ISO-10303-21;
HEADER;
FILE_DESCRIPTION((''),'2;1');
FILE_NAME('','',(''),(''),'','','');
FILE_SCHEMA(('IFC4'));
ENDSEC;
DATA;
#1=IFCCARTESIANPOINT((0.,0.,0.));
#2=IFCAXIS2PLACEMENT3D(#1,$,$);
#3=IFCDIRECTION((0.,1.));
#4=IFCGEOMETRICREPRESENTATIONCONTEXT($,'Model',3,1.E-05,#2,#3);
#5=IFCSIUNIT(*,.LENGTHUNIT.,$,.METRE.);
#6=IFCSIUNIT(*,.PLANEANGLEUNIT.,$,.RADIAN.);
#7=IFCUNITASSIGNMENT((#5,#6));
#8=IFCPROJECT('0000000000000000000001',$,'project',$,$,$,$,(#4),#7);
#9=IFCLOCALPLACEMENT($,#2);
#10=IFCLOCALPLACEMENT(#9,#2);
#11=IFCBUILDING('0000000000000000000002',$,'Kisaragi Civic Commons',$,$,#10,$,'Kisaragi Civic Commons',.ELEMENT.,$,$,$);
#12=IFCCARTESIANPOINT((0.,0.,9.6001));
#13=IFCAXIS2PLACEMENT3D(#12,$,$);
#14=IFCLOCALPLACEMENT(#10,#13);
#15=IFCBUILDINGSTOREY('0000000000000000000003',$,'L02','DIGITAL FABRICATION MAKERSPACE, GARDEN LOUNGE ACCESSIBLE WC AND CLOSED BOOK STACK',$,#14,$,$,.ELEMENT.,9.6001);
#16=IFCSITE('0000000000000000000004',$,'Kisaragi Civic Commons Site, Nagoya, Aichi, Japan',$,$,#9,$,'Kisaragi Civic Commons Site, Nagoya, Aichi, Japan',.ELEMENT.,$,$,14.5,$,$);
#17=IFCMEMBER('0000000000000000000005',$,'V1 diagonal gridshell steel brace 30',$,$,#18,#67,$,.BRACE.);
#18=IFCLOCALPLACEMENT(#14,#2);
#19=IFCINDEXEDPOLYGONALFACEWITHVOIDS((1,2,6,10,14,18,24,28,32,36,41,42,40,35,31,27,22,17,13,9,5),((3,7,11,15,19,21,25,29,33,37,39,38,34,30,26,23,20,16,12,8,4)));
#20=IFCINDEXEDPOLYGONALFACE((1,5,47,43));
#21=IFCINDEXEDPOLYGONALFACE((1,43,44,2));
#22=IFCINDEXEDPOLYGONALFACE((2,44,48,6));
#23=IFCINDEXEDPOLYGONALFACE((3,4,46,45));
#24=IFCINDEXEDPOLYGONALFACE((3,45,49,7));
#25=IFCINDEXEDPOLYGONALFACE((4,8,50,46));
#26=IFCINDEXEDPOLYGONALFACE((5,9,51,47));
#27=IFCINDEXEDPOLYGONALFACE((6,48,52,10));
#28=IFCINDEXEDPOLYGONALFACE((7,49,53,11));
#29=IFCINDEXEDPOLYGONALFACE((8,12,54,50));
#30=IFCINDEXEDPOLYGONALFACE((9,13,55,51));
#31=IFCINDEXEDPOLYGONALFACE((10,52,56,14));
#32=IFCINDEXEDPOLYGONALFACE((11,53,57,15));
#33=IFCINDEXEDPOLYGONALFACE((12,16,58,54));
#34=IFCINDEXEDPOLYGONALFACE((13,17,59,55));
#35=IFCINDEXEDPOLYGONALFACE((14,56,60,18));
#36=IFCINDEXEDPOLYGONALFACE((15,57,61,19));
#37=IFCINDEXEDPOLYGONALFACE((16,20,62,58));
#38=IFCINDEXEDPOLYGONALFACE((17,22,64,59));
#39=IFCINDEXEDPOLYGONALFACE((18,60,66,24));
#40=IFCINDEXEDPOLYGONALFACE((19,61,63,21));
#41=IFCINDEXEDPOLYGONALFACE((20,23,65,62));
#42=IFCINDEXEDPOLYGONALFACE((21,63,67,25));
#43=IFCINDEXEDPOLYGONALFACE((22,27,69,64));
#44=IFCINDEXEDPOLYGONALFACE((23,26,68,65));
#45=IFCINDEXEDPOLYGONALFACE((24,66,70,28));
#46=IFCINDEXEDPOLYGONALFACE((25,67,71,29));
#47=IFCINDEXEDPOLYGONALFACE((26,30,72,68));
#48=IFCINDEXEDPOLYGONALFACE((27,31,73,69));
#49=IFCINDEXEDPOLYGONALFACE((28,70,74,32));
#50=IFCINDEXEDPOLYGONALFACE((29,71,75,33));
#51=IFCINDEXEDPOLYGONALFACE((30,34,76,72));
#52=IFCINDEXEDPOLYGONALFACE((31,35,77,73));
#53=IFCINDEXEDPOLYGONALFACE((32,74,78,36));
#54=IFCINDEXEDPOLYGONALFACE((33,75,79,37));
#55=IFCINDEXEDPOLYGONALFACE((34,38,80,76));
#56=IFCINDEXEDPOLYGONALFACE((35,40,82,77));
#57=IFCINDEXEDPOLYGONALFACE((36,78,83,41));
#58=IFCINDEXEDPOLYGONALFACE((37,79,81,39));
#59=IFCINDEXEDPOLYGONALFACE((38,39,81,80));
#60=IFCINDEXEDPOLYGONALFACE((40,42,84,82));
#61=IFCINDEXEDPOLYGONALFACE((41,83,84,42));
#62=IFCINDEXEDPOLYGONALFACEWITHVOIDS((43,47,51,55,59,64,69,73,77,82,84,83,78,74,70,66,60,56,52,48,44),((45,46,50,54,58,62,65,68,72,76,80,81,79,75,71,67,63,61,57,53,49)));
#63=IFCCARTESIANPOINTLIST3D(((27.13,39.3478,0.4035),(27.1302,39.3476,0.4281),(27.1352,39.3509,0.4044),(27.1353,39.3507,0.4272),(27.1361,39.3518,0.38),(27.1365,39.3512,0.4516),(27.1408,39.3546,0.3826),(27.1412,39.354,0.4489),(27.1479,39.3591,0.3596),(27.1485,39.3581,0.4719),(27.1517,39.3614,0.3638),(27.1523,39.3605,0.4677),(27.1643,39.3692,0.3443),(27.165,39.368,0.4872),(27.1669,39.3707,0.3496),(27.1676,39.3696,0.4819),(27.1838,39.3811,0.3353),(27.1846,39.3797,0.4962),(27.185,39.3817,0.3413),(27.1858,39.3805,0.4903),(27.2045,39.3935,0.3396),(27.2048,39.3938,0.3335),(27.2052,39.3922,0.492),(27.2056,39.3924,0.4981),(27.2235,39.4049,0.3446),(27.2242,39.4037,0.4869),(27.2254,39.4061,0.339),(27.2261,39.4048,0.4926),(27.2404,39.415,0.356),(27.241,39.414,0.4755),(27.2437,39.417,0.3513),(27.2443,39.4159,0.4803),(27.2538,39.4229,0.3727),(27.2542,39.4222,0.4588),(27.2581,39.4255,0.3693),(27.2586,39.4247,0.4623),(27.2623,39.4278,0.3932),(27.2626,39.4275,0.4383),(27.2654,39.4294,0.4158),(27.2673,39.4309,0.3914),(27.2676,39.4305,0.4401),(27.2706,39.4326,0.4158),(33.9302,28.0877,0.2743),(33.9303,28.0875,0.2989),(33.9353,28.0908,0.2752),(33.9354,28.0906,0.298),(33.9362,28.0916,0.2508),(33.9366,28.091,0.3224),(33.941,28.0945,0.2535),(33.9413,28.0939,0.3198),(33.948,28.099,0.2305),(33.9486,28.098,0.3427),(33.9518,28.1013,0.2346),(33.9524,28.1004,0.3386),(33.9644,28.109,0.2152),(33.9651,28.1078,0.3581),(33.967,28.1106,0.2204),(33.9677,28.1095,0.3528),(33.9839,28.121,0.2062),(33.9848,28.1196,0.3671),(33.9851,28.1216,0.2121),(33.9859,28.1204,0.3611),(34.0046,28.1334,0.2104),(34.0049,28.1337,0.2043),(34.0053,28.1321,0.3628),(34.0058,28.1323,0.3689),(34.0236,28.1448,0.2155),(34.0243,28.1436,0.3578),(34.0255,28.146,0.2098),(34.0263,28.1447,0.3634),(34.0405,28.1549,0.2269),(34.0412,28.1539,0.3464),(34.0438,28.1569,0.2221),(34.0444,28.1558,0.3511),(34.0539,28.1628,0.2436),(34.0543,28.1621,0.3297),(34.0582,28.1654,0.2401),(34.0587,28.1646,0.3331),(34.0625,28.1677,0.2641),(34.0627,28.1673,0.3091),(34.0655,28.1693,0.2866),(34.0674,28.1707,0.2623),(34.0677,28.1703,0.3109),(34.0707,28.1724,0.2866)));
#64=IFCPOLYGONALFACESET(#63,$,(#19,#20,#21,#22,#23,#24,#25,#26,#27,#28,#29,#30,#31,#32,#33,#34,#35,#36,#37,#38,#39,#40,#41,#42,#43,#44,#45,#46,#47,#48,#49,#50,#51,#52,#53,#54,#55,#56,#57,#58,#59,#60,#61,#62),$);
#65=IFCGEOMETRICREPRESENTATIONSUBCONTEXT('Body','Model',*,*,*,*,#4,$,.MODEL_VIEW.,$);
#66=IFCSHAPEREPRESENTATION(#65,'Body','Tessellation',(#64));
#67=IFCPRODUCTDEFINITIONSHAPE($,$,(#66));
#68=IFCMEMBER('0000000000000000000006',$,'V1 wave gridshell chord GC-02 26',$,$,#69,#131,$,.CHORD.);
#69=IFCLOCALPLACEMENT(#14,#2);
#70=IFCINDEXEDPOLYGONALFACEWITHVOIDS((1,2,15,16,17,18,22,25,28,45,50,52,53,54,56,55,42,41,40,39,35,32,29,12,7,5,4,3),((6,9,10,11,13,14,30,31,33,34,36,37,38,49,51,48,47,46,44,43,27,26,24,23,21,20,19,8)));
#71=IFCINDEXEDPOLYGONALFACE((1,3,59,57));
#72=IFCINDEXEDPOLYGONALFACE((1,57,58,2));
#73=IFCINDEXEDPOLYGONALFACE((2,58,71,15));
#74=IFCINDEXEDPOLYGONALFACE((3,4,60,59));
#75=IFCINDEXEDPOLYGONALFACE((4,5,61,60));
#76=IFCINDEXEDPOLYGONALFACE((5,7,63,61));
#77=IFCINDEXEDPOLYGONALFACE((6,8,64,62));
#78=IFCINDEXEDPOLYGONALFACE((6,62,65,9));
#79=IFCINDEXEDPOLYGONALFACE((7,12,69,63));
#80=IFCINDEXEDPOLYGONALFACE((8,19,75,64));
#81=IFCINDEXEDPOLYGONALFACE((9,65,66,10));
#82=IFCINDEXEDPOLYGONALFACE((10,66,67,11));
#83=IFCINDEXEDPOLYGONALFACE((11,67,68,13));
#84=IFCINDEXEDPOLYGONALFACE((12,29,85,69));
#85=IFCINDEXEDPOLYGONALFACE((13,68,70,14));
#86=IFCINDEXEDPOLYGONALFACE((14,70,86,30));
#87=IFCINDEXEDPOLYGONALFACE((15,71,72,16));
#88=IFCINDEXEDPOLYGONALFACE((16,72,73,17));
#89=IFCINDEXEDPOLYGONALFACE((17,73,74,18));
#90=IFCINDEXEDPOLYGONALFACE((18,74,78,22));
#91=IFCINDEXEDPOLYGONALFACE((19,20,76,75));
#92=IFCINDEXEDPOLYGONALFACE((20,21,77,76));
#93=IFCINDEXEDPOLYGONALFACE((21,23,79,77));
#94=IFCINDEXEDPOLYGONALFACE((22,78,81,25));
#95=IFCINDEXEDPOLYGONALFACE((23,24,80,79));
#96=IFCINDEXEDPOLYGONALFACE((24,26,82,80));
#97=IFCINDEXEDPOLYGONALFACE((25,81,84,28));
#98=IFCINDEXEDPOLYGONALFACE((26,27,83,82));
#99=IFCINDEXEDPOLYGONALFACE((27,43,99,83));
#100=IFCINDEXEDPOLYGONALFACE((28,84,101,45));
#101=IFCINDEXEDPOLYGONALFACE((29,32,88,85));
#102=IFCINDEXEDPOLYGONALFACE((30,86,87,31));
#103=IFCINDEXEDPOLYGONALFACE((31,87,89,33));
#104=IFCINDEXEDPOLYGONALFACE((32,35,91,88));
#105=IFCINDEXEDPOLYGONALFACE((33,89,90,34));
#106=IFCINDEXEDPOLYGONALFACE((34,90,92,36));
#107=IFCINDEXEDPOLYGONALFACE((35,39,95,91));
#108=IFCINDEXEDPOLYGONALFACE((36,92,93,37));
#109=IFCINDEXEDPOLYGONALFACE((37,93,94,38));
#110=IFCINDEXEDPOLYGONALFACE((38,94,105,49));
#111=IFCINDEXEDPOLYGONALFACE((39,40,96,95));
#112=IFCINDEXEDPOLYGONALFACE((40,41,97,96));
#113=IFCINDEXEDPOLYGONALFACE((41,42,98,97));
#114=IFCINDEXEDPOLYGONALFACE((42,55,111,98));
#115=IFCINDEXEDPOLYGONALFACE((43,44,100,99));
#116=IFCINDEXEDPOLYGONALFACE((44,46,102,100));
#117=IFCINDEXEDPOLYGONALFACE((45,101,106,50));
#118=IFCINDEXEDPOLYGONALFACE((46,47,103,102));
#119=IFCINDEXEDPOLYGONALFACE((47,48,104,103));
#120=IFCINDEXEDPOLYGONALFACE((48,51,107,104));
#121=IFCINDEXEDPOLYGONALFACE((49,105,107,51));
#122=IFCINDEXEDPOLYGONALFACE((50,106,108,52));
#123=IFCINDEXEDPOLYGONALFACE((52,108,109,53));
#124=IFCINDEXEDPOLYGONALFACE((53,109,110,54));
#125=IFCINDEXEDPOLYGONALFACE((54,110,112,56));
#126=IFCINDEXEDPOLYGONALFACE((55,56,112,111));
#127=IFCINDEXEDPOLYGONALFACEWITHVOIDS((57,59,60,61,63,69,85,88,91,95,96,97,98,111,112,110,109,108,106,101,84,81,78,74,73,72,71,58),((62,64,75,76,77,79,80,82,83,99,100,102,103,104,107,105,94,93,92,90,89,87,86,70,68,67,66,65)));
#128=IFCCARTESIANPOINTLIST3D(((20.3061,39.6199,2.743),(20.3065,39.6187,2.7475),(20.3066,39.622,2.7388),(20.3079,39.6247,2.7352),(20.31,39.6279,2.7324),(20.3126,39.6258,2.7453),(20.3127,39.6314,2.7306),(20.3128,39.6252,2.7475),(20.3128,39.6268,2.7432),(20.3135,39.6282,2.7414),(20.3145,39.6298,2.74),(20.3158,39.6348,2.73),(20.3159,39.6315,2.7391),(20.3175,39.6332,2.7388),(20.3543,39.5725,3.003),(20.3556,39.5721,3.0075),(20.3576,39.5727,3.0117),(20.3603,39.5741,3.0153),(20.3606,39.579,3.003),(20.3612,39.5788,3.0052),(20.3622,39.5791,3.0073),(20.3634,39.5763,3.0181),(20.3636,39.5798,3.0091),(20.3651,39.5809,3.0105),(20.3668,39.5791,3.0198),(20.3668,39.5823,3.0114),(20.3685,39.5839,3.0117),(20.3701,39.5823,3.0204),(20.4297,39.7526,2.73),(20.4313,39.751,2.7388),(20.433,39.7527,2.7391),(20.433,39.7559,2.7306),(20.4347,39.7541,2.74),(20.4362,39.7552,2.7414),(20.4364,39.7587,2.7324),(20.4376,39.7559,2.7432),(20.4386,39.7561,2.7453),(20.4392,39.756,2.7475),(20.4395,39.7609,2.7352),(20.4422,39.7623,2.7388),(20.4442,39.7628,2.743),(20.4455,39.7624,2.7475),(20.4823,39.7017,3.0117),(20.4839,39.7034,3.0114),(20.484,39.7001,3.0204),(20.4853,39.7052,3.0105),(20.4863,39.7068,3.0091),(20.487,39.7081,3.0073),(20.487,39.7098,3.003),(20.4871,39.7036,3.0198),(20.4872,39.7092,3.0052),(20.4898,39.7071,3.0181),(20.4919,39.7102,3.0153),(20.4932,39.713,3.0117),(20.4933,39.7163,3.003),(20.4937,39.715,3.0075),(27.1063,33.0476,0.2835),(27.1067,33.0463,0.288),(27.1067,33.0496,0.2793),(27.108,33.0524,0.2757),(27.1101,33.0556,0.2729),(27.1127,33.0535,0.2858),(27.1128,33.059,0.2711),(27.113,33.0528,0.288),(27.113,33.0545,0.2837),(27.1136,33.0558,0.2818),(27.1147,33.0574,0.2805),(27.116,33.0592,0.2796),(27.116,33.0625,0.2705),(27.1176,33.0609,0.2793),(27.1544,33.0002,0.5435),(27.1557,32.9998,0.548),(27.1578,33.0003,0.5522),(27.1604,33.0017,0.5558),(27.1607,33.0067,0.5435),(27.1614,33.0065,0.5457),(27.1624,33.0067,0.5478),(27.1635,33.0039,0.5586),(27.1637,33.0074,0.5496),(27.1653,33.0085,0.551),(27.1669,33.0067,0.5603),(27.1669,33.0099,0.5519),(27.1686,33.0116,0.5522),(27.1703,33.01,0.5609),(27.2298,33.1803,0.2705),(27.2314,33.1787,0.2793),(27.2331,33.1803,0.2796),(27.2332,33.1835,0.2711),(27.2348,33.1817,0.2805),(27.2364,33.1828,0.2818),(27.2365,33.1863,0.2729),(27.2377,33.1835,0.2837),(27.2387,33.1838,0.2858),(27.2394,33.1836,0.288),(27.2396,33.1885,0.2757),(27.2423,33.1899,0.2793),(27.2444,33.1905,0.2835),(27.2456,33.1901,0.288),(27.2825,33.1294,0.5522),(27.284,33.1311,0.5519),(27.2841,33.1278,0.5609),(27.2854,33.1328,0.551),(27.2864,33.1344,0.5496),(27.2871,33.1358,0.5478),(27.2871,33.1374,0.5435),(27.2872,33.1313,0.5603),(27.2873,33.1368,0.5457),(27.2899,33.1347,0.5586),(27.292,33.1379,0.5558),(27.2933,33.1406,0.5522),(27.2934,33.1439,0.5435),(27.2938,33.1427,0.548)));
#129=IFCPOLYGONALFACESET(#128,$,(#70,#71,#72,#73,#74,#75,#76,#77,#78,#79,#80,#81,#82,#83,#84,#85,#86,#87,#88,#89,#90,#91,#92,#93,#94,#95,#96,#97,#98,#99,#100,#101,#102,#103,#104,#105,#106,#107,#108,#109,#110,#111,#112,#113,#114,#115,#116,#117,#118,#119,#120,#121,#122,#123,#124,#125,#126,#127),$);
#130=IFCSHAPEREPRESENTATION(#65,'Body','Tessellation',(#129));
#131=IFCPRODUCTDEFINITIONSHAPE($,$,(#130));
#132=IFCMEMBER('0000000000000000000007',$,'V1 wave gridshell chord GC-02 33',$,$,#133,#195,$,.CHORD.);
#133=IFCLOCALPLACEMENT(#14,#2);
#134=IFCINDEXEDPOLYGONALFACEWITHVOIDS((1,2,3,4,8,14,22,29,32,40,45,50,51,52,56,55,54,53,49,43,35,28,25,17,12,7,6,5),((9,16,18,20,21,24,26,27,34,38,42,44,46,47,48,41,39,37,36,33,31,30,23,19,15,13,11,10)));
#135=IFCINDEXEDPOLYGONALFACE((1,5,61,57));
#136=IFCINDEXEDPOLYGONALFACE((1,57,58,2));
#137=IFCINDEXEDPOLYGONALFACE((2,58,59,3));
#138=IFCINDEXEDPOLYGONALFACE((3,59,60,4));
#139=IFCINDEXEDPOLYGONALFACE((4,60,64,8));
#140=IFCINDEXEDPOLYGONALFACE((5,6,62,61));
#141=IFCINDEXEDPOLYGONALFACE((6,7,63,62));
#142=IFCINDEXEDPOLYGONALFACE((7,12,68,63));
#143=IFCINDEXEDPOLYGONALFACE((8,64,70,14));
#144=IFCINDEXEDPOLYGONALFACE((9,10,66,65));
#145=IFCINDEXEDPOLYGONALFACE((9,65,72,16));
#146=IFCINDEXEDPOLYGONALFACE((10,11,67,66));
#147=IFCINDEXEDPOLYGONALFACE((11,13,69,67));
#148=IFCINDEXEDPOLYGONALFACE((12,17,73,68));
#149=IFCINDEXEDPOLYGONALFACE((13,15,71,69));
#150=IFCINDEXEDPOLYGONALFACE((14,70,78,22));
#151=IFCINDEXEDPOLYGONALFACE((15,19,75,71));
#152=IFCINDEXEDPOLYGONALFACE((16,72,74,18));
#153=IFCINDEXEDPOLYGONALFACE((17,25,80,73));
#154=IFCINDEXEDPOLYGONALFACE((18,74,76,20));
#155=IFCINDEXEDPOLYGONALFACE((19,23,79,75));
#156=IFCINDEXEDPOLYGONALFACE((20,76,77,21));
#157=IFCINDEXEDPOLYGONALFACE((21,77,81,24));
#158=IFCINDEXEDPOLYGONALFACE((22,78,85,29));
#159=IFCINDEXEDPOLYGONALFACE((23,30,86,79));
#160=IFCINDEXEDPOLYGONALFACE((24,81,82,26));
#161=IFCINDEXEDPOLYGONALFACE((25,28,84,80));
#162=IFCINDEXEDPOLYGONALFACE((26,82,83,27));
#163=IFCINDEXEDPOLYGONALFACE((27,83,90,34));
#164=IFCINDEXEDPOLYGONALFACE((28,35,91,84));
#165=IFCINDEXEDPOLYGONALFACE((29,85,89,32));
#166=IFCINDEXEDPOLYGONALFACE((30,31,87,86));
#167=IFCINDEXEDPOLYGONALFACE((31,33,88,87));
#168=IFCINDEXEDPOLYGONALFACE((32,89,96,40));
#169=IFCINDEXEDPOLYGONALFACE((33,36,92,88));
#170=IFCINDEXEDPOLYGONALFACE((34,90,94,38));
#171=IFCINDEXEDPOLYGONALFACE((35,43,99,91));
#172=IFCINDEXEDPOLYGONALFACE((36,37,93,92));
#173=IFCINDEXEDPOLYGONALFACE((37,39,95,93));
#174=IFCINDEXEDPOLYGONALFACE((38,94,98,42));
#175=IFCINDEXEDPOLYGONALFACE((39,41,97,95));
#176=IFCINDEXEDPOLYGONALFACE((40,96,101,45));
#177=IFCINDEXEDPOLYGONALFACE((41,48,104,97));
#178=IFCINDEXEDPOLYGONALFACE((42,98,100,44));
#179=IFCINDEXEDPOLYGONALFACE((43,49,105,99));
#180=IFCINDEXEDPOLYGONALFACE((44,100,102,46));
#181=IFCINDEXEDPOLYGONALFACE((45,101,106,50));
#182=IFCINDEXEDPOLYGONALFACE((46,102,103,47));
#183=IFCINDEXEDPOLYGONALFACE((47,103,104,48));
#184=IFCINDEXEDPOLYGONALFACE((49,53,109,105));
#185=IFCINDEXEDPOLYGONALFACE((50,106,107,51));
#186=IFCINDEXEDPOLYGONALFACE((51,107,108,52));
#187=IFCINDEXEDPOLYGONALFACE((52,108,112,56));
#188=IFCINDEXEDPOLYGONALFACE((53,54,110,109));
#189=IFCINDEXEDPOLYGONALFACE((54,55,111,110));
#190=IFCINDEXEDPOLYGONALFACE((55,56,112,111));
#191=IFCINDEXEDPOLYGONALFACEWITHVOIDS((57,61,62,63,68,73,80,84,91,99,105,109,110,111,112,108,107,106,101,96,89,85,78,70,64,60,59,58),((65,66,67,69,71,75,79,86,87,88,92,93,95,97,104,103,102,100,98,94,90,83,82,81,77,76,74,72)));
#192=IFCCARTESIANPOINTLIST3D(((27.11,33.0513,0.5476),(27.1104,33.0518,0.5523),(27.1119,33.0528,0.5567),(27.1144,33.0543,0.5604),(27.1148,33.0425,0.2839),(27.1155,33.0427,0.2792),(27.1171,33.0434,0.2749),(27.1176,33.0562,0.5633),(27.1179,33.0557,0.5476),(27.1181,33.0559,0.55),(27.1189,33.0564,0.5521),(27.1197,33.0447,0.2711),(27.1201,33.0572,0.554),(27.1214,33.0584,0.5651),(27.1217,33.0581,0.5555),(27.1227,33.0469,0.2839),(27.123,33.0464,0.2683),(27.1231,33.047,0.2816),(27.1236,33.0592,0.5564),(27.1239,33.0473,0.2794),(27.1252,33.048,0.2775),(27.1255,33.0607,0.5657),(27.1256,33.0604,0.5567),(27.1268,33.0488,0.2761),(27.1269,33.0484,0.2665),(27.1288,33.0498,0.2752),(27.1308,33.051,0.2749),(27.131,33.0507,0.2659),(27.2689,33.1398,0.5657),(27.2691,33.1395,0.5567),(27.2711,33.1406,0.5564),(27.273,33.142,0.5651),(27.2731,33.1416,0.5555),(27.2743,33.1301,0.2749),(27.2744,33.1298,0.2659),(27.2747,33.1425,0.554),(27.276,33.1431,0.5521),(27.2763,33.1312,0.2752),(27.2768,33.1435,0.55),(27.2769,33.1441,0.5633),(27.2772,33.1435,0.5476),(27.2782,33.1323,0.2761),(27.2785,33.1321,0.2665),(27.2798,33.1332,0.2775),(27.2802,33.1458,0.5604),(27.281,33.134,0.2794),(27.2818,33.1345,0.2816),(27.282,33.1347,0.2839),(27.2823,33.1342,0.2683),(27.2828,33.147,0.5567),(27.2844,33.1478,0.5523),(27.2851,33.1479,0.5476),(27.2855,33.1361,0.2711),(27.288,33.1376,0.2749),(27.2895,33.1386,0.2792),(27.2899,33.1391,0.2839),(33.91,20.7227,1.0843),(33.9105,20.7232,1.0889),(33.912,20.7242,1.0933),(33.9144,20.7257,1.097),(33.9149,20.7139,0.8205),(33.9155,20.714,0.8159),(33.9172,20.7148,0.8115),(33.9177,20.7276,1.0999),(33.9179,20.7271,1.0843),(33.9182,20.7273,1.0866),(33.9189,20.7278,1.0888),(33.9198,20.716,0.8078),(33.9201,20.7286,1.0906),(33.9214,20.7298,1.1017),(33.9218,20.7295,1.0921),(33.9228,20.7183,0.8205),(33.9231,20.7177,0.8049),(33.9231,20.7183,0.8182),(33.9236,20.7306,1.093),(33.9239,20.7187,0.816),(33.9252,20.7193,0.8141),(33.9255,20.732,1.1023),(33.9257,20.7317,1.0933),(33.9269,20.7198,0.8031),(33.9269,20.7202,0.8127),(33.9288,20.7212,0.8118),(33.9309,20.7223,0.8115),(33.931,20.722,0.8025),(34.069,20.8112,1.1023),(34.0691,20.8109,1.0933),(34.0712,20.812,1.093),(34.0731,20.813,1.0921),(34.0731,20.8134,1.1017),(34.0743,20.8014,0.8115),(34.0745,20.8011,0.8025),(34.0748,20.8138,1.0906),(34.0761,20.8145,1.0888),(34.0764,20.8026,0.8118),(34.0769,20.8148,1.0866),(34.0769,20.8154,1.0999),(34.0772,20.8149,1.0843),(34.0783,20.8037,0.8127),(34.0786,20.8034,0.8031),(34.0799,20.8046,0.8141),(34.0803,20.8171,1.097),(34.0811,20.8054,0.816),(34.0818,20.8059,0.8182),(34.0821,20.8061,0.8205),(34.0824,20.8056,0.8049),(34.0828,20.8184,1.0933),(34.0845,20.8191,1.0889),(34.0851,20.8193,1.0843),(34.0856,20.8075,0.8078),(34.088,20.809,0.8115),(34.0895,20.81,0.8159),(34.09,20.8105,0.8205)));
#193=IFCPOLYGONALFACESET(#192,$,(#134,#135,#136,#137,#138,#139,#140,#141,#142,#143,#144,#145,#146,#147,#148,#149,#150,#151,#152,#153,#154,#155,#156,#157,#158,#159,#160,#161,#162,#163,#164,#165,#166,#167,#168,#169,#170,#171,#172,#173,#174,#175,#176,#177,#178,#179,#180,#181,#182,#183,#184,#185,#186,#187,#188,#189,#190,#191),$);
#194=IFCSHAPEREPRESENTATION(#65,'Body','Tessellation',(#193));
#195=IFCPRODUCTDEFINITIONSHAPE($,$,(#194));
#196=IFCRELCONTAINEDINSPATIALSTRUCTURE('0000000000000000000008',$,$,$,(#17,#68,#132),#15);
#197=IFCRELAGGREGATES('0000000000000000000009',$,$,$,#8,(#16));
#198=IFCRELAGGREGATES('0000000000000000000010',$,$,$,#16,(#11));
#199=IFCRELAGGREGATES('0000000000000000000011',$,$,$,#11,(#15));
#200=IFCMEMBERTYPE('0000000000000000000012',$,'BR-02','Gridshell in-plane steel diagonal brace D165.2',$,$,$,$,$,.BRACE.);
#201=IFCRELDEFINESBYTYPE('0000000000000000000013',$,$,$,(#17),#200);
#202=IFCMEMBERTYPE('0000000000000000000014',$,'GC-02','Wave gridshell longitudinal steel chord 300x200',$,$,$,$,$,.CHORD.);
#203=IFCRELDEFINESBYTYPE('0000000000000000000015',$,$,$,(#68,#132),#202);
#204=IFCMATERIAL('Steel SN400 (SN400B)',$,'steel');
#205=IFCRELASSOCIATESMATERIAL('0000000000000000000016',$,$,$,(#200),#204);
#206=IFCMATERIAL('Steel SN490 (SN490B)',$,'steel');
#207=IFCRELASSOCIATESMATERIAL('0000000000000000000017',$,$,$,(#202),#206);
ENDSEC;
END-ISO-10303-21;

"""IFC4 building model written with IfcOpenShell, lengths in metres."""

from ifc_helpers import new_model, si_unit, direction, frame, origin, origin_2d, place, context, subcontext, project, spatial, hollow_rectangle, hollow_circle, extrude, material, material_profile, profile_set, type_object, element, save


model = new_model("IFC4")

# Units and contexts
model_context = context("Model", 3, precision=1e-05, world=origin(), true_north=direction((0.0, 1.0)))
body_context = subcontext(model_context, "Body", "Model", "MODEL_VIEW")
ifc_project = project(units=[si_unit("LENGTHUNIT", "METRE"), si_unit("PLANEANGLEUNIT", "RADIAN")], contexts=[model_context])

# Site, building, storey
site_placement = place(None, origin())
site = spatial("IfcSite", under=ifc_project, at=site_placement, Name="Kisaragi Civic Commons Site, Nagoya, Aichi, Japan", LongName="Kisaragi Civic Commons Site, Nagoya, Aichi, Japan", CompositionType="ELEMENT", RefElevation=14.5)
building_placement = place(site_placement, origin())
building = spatial("IfcBuilding", under=site, at=building_placement, Name="Kisaragi Civic Commons", LongName="Kisaragi Civic Commons", CompositionType="ELEMENT")
storey_placement = place(building_placement, frame((0.0, 0.0, 9.6001)))
storey = spatial("IfcBuildingStorey", under=building, at=storey_placement, Name="L02", Description="DIGITAL FABRICATION MAKERSPACE, GARDEN LOUNGE ACCESSIBLE WC AND CLOSED BOOK STACK", CompositionType="ELEMENT", Elevation=9.6001)

# Members
ifc_material_1 = material(Name="Steel SN400 (SN400B)", Category="steel")
ifc_material_profile_1 = material_profile(ifc_material_1, hollow_circle(Radius=0.0825, WallThickness=0.0061, at=origin_2d()), Name="CHS-165.2x6.0", Category="steel")
ifc_profile_set_1 = profile_set([ifc_material_profile_1], Name="Steel SN400 (SN400B)")
member_type_1 = type_object("IfcMemberType", Name="BR-02", Description="Gridshell in-plane steel diagonal brace D165.2", PredefinedType="BRACE", material=ifc_profile_set_1)
member_1_placement = place(storey_placement, frame((27.2, 39.3899, 0.4158), z_axis=(0.516931, -0.855971, -0.009818), x_axis=(0.856012, 0.516956, 0.0)))
element("IfcMember", 1, at=member_1_placement, inside=storey, type_object=member_type_1, Name="V1 diagonal gridshell steel brace 30", PredefinedType="BRACE", context=body_context, shape_type="SweptSolid", body=[
    extrude(hollow_circle(Radius=0.0825, WallThickness=0.0061, at=origin_2d()), origin(), (0.0, 0.0, 1.0), 13.1548),
])
ifc_material_2 = material(Name="Steel SN490 (SN490B)", Category="steel")
ifc_material_profile_2 = material_profile(ifc_material_2, hollow_rectangle(XDim=0.2, YDim=0.3, WallThickness=0.009, InnerFilletRadius=0.009, OuterFilletRadius=0.0181, at=origin_2d()), Name="STKR-300x200x9", Category="steel")
ifc_profile_set_2 = profile_set([ifc_material_profile_2], Name="Steel SN490 (SN490B)")
member_type_2 = type_object("IfcMemberType", Name="GC-02", Description="Wave gridshell longitudinal steel chord 300x200", PredefinedType="CHORD", material=ifc_profile_set_2)
member_2_placement = place(storey_placement, frame((20.3999, 39.6675, 2.8752), z_axis=(0.695899, -0.672588, -0.251696), x_axis=(0.694961, 0.719047, 0.0)))
element("IfcMember", 2, at=member_2_placement, inside=storey, type_object=member_type_2, Name="V1 wave gridshell chord GC-02 26", PredefinedType="CHORD", context=body_context, shape_type="SweptSolid", body=[
    extrude(hollow_rectangle(XDim=0.2, YDim=0.3, WallThickness=0.009, InnerFilletRadius=0.009, OuterFilletRadius=0.0181, at=origin_2d()), origin(), (0.0, 0.0, 1.0), 9.7717),
])
member_3_placement = place(storey_placement, frame((27.2, 33.0952, 0.4158), z_axis=(0.482621, -0.875001, 0.038086), x_axis=(0.875636, 0.482971, 0.0)))
element("IfcMember", 3, at=member_3_placement, inside=storey, type_object=member_type_2, Name="V1 wave gridshell chord GC-02 33", PredefinedType="CHORD", context=body_context, shape_type="SweptSolid", body=[
    extrude(hollow_rectangle(XDim=0.2, YDim=0.3, WallThickness=0.009, InnerFilletRadius=0.009, OuterFilletRadius=0.0181, at=origin_2d()), origin(), (0.0, 0.0, 1.0), 14.0898),
])

save(model, "model.ifc")
